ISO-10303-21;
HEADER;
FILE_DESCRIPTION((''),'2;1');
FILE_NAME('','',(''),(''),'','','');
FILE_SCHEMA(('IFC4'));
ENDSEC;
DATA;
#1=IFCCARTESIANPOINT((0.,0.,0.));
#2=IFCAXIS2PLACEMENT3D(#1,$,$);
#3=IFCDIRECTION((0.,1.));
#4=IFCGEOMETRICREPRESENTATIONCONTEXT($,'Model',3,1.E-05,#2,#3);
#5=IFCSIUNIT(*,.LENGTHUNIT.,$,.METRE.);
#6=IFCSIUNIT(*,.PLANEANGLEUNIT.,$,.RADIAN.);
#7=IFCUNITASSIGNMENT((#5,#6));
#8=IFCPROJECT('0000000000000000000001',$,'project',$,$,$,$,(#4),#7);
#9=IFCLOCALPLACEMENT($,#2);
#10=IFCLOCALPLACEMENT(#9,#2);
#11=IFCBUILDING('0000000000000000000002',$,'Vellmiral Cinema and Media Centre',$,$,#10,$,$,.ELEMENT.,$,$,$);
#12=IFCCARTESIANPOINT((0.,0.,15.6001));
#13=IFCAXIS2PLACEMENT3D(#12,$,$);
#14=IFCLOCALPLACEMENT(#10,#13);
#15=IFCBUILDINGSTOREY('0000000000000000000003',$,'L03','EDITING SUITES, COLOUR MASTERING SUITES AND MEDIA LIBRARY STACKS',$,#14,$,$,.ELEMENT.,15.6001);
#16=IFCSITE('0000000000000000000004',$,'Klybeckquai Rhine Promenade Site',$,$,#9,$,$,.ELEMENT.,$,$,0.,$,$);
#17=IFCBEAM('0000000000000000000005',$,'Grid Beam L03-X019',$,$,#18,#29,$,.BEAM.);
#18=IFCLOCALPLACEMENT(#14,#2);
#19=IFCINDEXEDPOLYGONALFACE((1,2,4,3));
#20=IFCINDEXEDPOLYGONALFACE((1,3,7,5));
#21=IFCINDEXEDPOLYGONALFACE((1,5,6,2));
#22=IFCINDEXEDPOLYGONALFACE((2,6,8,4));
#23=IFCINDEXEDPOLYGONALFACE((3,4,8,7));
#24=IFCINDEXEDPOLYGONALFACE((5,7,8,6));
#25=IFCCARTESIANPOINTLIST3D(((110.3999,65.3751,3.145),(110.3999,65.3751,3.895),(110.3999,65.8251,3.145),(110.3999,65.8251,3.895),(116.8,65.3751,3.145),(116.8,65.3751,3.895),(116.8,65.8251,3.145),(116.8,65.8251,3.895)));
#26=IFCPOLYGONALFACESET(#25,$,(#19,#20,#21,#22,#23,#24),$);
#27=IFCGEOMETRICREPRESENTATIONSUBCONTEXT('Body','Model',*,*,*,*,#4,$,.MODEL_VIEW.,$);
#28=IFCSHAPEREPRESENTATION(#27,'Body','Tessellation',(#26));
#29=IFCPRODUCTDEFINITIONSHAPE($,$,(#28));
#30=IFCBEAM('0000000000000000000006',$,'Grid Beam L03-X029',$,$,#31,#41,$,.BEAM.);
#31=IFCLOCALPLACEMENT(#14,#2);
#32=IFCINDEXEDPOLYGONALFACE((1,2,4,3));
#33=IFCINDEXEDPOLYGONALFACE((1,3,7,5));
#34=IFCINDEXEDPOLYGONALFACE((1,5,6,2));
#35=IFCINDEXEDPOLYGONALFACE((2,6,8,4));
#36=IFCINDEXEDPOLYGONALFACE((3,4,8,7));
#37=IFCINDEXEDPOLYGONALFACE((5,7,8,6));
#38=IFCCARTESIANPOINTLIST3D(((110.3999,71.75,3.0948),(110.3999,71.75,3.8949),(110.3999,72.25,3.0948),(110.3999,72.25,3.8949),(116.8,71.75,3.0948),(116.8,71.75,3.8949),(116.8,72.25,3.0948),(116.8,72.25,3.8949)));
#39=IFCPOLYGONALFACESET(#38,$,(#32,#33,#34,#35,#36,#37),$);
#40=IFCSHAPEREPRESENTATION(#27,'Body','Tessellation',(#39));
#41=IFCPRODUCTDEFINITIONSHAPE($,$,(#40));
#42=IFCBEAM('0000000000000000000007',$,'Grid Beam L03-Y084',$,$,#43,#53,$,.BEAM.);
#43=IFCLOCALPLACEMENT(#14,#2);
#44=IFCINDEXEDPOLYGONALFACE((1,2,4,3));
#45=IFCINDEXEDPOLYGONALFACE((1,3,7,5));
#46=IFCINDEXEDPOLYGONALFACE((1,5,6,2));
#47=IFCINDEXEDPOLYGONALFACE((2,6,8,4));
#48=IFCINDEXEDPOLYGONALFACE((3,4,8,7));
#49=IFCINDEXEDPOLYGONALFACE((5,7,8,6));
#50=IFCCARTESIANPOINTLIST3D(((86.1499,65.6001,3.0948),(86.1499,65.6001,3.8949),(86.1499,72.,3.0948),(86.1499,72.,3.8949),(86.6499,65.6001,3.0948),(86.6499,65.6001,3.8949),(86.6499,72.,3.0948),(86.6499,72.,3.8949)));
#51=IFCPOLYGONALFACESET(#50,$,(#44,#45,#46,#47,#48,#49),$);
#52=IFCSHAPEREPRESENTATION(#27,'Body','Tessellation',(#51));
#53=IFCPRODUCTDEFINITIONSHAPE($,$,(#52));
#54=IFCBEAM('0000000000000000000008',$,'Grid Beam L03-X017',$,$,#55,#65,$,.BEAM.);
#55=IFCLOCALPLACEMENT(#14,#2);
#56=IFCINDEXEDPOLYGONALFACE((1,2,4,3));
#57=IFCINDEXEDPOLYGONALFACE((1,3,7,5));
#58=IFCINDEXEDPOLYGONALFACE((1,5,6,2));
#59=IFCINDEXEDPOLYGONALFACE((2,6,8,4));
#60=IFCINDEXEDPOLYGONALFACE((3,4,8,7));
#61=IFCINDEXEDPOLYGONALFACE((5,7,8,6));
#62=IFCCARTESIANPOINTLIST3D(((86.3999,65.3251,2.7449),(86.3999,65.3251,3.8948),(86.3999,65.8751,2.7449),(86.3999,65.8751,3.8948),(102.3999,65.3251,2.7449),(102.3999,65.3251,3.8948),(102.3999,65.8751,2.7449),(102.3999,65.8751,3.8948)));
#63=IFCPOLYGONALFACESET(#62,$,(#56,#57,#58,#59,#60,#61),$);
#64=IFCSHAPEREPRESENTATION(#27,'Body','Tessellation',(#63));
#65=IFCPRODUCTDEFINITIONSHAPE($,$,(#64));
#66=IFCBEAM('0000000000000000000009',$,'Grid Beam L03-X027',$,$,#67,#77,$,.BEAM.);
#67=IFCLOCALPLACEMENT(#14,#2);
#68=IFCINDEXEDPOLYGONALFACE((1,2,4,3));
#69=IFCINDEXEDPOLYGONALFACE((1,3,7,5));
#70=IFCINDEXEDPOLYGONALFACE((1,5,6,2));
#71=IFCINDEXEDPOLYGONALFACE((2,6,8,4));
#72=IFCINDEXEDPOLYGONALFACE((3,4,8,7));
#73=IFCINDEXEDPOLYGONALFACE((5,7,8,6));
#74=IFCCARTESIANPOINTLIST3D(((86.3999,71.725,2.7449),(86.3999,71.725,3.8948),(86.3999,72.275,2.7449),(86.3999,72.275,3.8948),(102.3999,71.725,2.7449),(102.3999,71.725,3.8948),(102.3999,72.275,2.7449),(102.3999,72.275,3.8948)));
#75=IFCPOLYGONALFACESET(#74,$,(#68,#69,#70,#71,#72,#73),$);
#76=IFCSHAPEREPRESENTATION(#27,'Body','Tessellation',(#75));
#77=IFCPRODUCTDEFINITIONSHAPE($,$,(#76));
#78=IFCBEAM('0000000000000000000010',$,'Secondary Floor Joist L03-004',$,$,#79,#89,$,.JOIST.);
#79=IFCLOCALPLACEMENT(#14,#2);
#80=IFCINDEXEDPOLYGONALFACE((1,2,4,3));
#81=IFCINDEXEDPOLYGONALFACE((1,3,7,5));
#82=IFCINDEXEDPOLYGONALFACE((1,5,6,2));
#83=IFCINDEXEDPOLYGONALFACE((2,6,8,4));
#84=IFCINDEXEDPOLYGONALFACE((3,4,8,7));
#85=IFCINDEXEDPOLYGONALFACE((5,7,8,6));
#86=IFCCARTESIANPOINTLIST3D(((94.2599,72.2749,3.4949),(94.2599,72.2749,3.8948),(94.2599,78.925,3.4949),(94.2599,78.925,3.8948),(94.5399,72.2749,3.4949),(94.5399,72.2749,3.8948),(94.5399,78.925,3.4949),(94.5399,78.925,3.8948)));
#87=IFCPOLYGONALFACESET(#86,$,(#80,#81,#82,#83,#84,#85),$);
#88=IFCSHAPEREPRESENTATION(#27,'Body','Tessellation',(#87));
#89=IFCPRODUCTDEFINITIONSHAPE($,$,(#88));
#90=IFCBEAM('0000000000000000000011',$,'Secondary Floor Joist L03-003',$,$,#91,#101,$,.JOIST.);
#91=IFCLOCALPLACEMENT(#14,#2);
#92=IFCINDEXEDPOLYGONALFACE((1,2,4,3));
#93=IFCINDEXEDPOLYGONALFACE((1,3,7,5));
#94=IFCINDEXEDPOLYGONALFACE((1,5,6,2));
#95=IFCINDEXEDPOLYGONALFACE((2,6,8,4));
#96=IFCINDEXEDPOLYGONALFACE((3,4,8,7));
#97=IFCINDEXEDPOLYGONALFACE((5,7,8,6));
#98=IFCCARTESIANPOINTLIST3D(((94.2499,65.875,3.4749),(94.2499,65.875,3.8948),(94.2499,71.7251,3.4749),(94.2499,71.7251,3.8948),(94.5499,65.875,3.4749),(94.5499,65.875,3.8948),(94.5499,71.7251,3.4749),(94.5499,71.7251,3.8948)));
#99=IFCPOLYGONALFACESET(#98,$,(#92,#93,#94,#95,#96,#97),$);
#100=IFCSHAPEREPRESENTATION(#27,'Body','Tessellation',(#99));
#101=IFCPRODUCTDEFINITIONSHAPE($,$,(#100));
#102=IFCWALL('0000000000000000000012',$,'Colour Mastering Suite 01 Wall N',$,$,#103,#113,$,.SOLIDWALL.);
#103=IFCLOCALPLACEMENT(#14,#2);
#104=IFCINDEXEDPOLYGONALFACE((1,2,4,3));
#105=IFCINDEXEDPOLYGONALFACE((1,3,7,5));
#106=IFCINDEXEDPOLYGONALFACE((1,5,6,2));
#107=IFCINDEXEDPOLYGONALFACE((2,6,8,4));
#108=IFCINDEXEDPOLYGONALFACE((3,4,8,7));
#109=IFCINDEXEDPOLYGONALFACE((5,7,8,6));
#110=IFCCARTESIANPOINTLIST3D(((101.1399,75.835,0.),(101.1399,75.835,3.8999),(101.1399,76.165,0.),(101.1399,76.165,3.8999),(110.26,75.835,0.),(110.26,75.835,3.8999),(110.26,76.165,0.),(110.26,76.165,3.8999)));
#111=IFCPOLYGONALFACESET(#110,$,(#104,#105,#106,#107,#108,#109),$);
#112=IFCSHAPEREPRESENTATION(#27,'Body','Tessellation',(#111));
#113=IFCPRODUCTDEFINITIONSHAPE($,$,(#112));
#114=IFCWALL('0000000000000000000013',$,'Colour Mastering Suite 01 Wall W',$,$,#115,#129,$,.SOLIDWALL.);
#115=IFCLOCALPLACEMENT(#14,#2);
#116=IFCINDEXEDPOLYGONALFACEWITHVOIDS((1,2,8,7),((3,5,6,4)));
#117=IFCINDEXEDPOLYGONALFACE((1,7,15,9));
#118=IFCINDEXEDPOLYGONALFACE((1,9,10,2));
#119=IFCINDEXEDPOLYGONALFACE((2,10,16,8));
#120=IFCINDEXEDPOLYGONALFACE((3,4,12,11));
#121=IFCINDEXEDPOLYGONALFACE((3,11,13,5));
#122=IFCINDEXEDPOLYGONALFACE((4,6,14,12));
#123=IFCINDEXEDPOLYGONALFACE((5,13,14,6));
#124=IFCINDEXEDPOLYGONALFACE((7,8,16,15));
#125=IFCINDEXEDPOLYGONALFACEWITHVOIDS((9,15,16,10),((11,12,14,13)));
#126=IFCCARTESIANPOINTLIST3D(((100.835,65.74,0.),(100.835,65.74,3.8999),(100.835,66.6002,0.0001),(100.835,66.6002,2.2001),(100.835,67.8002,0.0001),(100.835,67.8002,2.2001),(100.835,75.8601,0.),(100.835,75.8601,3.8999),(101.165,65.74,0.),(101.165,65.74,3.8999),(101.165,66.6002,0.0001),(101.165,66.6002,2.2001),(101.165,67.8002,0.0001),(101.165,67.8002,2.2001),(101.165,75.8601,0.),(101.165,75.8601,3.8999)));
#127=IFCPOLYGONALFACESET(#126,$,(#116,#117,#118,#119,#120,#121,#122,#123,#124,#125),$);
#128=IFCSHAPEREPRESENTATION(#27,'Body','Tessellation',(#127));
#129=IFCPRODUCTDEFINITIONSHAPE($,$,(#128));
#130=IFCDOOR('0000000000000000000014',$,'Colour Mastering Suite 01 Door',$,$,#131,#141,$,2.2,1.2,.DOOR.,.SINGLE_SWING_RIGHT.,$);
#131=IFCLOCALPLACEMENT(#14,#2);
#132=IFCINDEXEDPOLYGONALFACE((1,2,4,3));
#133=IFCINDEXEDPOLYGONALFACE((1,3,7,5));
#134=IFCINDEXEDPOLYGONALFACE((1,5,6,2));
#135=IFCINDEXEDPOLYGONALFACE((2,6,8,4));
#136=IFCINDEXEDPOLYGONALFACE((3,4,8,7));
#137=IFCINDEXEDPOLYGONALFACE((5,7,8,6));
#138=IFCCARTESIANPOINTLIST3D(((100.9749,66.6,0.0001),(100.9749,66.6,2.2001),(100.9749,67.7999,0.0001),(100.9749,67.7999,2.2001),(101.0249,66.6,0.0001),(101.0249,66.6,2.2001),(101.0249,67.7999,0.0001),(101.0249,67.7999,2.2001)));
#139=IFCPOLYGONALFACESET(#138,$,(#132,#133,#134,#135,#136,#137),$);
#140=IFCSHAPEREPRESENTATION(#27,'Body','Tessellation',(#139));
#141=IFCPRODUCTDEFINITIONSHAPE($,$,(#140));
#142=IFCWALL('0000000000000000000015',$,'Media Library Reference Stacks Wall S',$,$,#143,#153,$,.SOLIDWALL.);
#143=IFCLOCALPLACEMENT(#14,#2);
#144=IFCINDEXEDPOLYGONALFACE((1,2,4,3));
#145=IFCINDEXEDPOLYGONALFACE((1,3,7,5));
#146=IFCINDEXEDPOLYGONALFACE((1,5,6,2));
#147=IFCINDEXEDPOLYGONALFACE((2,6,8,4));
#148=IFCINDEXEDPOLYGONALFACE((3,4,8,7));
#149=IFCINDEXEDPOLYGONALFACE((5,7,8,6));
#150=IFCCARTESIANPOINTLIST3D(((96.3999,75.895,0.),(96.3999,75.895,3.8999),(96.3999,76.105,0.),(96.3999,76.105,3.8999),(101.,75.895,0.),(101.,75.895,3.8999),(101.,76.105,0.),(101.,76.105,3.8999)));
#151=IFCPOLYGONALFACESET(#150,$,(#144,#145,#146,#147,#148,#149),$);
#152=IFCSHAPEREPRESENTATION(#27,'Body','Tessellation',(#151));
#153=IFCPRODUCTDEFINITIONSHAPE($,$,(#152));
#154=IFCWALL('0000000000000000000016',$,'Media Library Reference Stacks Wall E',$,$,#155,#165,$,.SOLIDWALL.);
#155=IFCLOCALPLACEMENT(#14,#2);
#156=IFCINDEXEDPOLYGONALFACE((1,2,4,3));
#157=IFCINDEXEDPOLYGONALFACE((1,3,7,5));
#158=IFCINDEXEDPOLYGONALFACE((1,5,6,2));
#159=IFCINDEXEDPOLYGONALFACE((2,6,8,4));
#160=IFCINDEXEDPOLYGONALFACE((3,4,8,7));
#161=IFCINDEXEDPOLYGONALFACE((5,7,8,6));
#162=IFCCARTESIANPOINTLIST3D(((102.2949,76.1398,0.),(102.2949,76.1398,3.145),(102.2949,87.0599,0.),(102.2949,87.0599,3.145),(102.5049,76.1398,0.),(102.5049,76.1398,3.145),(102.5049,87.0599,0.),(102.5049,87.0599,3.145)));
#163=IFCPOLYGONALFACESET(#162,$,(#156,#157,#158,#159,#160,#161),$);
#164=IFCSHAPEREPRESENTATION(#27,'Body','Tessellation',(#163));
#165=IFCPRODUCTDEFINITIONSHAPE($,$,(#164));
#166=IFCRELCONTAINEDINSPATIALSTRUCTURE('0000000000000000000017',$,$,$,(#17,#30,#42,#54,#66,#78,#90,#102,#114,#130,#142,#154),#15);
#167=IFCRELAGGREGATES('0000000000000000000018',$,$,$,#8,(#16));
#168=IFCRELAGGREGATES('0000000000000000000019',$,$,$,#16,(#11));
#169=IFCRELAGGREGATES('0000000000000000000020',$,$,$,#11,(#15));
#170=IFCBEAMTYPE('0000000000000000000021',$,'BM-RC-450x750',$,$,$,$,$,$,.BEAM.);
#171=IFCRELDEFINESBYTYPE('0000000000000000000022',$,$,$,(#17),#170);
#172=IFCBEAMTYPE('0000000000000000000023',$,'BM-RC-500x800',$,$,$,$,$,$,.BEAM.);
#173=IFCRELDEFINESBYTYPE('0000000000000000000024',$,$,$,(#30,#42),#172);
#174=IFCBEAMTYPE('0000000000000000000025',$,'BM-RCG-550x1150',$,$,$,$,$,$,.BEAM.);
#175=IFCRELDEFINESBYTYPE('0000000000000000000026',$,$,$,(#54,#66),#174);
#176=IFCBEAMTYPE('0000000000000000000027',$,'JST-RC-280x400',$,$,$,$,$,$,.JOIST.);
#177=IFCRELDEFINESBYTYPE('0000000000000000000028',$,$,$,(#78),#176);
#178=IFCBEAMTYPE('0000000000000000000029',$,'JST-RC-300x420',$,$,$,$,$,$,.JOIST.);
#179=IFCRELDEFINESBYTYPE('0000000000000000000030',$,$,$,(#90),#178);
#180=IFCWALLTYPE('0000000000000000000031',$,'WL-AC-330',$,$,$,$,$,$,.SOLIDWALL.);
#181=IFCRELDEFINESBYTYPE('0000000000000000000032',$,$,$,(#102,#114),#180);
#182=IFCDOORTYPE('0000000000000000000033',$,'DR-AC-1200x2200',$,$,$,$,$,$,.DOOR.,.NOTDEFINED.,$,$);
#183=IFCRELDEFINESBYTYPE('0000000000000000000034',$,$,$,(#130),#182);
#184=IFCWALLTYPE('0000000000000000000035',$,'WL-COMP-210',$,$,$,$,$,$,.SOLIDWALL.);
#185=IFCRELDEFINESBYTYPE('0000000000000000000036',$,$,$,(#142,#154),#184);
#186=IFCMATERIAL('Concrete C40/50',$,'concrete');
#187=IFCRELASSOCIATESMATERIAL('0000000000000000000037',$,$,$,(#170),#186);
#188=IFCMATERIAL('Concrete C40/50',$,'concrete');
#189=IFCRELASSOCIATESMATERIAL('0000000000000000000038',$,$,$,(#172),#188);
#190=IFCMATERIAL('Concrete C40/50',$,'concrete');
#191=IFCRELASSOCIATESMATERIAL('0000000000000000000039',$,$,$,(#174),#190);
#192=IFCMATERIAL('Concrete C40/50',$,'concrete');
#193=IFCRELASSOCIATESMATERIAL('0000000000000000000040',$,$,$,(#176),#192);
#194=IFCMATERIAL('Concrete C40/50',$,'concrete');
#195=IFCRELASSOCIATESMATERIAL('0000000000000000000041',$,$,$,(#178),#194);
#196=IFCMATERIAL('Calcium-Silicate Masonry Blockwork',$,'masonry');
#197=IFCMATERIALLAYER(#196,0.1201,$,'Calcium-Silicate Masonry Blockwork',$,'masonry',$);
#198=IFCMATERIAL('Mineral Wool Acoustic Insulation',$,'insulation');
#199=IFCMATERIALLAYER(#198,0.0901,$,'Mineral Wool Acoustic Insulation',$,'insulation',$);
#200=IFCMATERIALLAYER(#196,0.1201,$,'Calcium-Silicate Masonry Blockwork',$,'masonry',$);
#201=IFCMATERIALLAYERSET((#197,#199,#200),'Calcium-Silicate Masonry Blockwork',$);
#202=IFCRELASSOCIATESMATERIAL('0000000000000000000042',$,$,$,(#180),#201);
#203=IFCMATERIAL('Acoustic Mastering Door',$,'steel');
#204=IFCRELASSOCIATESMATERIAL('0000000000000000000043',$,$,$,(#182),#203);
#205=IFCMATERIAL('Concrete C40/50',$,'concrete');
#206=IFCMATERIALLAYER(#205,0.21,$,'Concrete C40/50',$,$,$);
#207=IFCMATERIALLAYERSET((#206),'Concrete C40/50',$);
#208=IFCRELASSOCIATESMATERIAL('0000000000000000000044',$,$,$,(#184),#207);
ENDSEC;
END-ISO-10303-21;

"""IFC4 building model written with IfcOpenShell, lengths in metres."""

from ifc_helpers import new_model, si_unit, direction, frame, frame_2d, origin, origin_2d, place, context, subcontext, project, spatial, rectangle, extrude, material, layer, layer_set, material_profile, profile_set, type_object, element, fill, save


model = new_model("IFC4")

# Units and contexts
model_context = context("Model", 3, precision=1e-05, world=origin(), true_north=direction((0.0, 1.0)))
body_context = subcontext(model_context, "Body", "Model", "MODEL_VIEW")
ifc_project = project(units=[si_unit("LENGTHUNIT", "METRE"), si_unit("PLANEANGLEUNIT", "RADIAN")], contexts=[model_context])

# Site, building, storey
site_placement = place(None, origin())
site = spatial("IfcSite", under=ifc_project, at=site_placement, Name="Klybeckquai Rhine Promenade Site", CompositionType="ELEMENT", RefElevation=0.0)
building_placement = place(site_placement, origin())
building = spatial("IfcBuilding", under=site, at=building_placement, Name="Vellmiral Cinema and Media Centre", CompositionType="ELEMENT")
storey_placement = place(building_placement, frame((0.0, 0.0, 15.6001)))
storey = spatial("IfcBuildingStorey", under=building, at=storey_placement, Name="L03", Description="EDITING SUITES, COLOUR MASTERING SUITES AND MEDIA LIBRARY STACKS", CompositionType="ELEMENT", Elevation=15.6001)

# Beams
ifc_material_1 = material(Name="Concrete C40/50", Category="concrete")
ifc_material_profile_1 = material_profile(ifc_material_1, rectangle(XDim=0.45, YDim=0.75, at=origin_2d()), Name="RC 450x750")
ifc_profile_set_1 = profile_set([ifc_material_profile_1], Name="Concrete C40/50")
beam_type_1 = type_object("IfcBeamType", Name="BM-RC-450x750", PredefinedType="BEAM", material=ifc_profile_set_1)
beam_1_placement = place(storey_placement, frame((110.3999, 65.6001, 3.52), z_axis=(1.0, 0.0, 0.0), x_axis=(0.0, 1.0, 0.0)))
element("IfcBeam", 1, at=beam_1_placement, inside=storey, type_object=beam_type_1, Name="Grid Beam L03-X019", PredefinedType="BEAM", context=body_context, shape_type="SweptSolid", body=[
    extrude(rectangle(XDim=0.45, YDim=0.75, at=origin_2d()), origin(), (0.0, 0.0, 1.0), 6.4001),
])
ifc_material_2 = material(Name="Concrete C40/50", Category="concrete")
ifc_material_profile_2 = material_profile(ifc_material_2, rectangle(XDim=0.5, YDim=0.8, at=origin_2d()), Name="RC 500x800")
ifc_profile_set_2 = profile_set([ifc_material_profile_2], Name="Concrete C40/50")
beam_type_2 = type_object("IfcBeamType", Name="BM-RC-500x800", PredefinedType="BEAM", material=ifc_profile_set_2)
beam_2_placement = place(storey_placement, frame((110.3999, 72.0, 3.4949), z_axis=(1.0, 0.0, 0.0), x_axis=(0.0, 1.0, 0.0)))
element("IfcBeam", 2, at=beam_2_placement, inside=storey, type_object=beam_type_2, Name="Grid Beam L03-X029", PredefinedType="BEAM", context=body_context, shape_type="SweptSolid", body=[
    extrude(rectangle(XDim=0.5, YDim=0.8, at=origin_2d()), origin(), (0.0, 0.0, 1.0), 6.4001),
])
beam_3_placement = place(storey_placement, frame((86.3999, 65.6001, 3.4949), z_axis=(0.0, 1.0, 0.0), x_axis=(-1.0, 0.0, 0.0)))
element("IfcBeam", 3, at=beam_3_placement, inside=storey, type_object=beam_type_2, Name="Grid Beam L03-Y084", PredefinedType="BEAM", context=body_context, shape_type="SweptSolid", body=[
    extrude(rectangle(XDim=0.5, YDim=0.8, at=origin_2d()), origin(), (0.0, 0.0, 1.0), 6.3999),
])
ifc_material_3 = material(Name="Concrete C40/50", Category="concrete")
ifc_material_profile_3 = material_profile(ifc_material_3, rectangle(XDim=0.55, YDim=1.1499, at=origin_2d()), Name="RC 550x1150")
ifc_profile_set_3 = profile_set([ifc_material_profile_3], Name="Concrete C40/50")
beam_type_3 = type_object("IfcBeamType", Name="BM-RCG-550x1150", PredefinedType="BEAM", material=ifc_profile_set_3)
for number, where, z_axis, x_axis, name in (
    (4, (86.3999, 65.6001, 3.3198), (1.0, 0.0, 0.0), (0.0, 1.0, 0.0), "Grid Beam L03-X017"),
    (5, (86.3999, 72.0, 3.3198), (1.0, 0.0, 0.0), (0.0, 1.0, 0.0), "Grid Beam L03-X027"),
):
    element("IfcBeam", number, at=place(storey_placement, frame(where, z_axis=z_axis, x_axis=x_axis)), inside=storey, type_object=beam_type_3, Name=name, PredefinedType="BEAM", context=body_context, shape_type="SweptSolid", body=[
        extrude(rectangle(XDim=0.55, YDim=1.1499, at=origin_2d()), origin(), (0.0, 0.0, 1.0), 16.0),
    ])
ifc_material_4 = material(Name="Concrete C40/50", Category="concrete")
ifc_material_profile_4 = material_profile(ifc_material_4, rectangle(XDim=0.28, YDim=0.3999, at=origin_2d()), Name="RC 280x400")
ifc_profile_set_4 = profile_set([ifc_material_profile_4], Name="Concrete C40/50")
beam_type_4 = type_object("IfcBeamType", Name="JST-RC-280x400", PredefinedType="JOIST", material=ifc_profile_set_4)
beam_4_placement = place(storey_placement, frame((94.3999, 72.2749, 3.6948), z_axis=(0.0, 1.0, 0.0), x_axis=(-1.0, 0.0, 0.0)))
element("IfcBeam", 6, at=beam_4_placement, inside=storey, type_object=beam_type_4, Name="Secondary Floor Joist L03-004", PredefinedType="JOIST", context=body_context, shape_type="SweptSolid", body=[
    extrude(rectangle(XDim=0.28, YDim=0.3999, at=origin_2d()), origin(), (0.0, 0.0, 1.0), 6.6501),
])
ifc_material_5 = material(Name="Concrete C40/50", Category="concrete")
ifc_material_profile_5 = material_profile(ifc_material_5, rectangle(XDim=0.3, YDim=0.4199, at=origin_2d()), Name="RC 300x420")
ifc_profile_set_5 = profile_set([ifc_material_profile_5], Name="Concrete C40/50")
beam_type_5 = type_object("IfcBeamType", Name="JST-RC-300x420", PredefinedType="JOIST", material=ifc_profile_set_5)
beam_5_placement = place(storey_placement, frame((94.3999, 65.875, 3.6848), z_axis=(0.0, 1.0, 0.0), x_axis=(-1.0, 0.0, 0.0)))
element("IfcBeam", 7, at=beam_5_placement, inside=storey, type_object=beam_type_5, Name="Secondary Floor Joist L03-003", PredefinedType="JOIST", context=body_context, shape_type="SweptSolid", body=[
    extrude(rectangle(XDim=0.3, YDim=0.4199, at=origin_2d()), origin(), (0.0, 0.0, 1.0), 5.8501),
])

# Wall
ifc_material_6 = material(Name="Calcium-Silicate Masonry Blockwork", Category="masonry")
ifc_layer_1 = layer(ifc_material_6, 0.1201, Name="Calcium-Silicate Masonry Blockwork", Category="masonry")
ifc_material_7 = material(Name="Mineral Wool Acoustic Insulation", Category="insulation")
ifc_layer_2 = layer(ifc_material_7, 0.0901, Name="Mineral Wool Acoustic Insulation", Category="insulation")
ifc_layer_3 = layer(ifc_material_6, 0.1201, Name="Calcium-Silicate Masonry Blockwork", Category="masonry")
ifc_layer_set_1 = layer_set([ifc_layer_1, ifc_layer_2, ifc_layer_3], Name="Calcium-Silicate Masonry Blockwork")
wall_type_1 = type_object("IfcWallType", Name="WL-AC-330", PredefinedType="SOLIDWALL", material=ifc_layer_set_1)
wall_1_placement = place(storey_placement, frame((101.1399, 76.0, 0.0), z_axis=(0.0, 0.0, 1.0), x_axis=(1.0, 0.0, 0.0)))
element("IfcWall", 8, at=wall_1_placement, inside=storey, type_object=wall_type_1, Name="Colour Mastering Suite 01 Wall N", PredefinedType="SOLIDWALL", context=body_context, shape_type="SweptSolid", body=[
    extrude(rectangle(XDim=9.1201, YDim=0.3301, at=frame_2d((4.5601, 0.0))), origin(), (0.0, 0.0, 1.0), 3.8999),
])

# Wall, opening, door
wall_2_placement = place(storey_placement, frame((101.0, 65.74, 0.0), z_axis=(0.0, 0.0, 1.0), x_axis=(0.0, 1.0, 0.0)))
wall_2 = element("IfcWall", 9, at=wall_2_placement, inside=storey, type_object=wall_type_1, Name="Colour Mastering Suite 01 Wall W", PredefinedType="SOLIDWALL", context=body_context, shape_type="SweptSolid", body=[
    extrude(rectangle(XDim=10.1201, YDim=0.3301, at=frame_2d((5.0601, 0.0))), origin(), (0.0, 0.0, 1.0), 3.8999),
])
opening_1_placement = place(wall_2_placement, frame((0.8601, 0.0, 0.0)))
opening_1 = element("IfcOpeningElement", 10, at=opening_1_placement, cuts=wall_2, PredefinedType="OPENING", context=body_context, shape_type="SweptSolid", body=[
    extrude(rectangle(XDim=1.2, YDim=2.2, at=frame_2d((0.6001, 1.1001))), frame((0.0, 0.177, 0.0), z_axis=(0.0, -1.0, 0.0), x_axis=(1.0, 0.0, 0.0)), (0.0, 0.0, 1.0), 0.354),
])
ifc_material_8 = material(Name="Acoustic Mastering Door", Category="steel")
door_type_1 = type_object("IfcDoorType", Name="DR-AC-1200x2200", OperationType="NOTDEFINED", PredefinedType="DOOR", material=ifc_material_8)
door_1_placement = place(opening_1_placement, frame((1.2, 0.0, 0.0), z_axis=(0.0, 0.0, 1.0), x_axis=(-1.0, 0.0, 0.0)))
door_1 = element("IfcDoor", 11, at=door_1_placement, inside=storey, type_object=door_type_1, Name="Colour Mastering Suite 01 Door", OperationType="SINGLE_SWING_RIGHT", OverallHeight=2.2, OverallWidth=1.2, PredefinedType="DOOR", context=body_context, shape_type="SweptSolid", body=[
    extrude(rectangle(XDim=1.2, YDim=2.2, at=frame_2d((0.6001, 1.1001))), frame((0.0, 0.0249, 0.0), z_axis=(0.0, -1.0, 0.0), x_axis=(1.0, 0.0, 0.0)), (0.0, 0.0, 1.0), 0.05),
])
fill(opening_1, door_1)

# Walls
ifc_material_9 = material(Name="Concrete C40/50", Category="concrete")
ifc_layer_4 = layer(ifc_material_9, 0.21, Name="Concrete C40/50")
ifc_layer_set_2 = layer_set([ifc_layer_4], Name="Concrete C40/50")
wall_type_2 = type_object("IfcWallType", Name="WL-COMP-210", PredefinedType="SOLIDWALL", material=ifc_layer_set_2)
wall_3_placement = place(storey_placement, frame((96.3999, 76.0, 0.0), z_axis=(0.0, 0.0, 1.0), x_axis=(1.0, 0.0, 0.0)))
element("IfcWall", 12, at=wall_3_placement, inside=storey, type_object=wall_type_2, Name="Media Library Reference Stacks Wall S", PredefinedType="SOLIDWALL", context=body_context, shape_type="SweptSolid", body=[
    extrude(rectangle(XDim=4.6001, YDim=0.21, at=frame_2d((2.3, 0.0))), origin(), (0.0, 0.0, 1.0), 3.8999),
])
wall_4_placement = place(storey_placement, frame((102.3999, 76.1399, 0.0), z_axis=(0.0, 0.0, 1.0), x_axis=(0.0, 1.0, 0.0)))
element("IfcWall", 13, at=wall_4_placement, inside=storey, type_object=wall_type_2, Name="Media Library Reference Stacks Wall E", PredefinedType="SOLIDWALL", context=body_context, shape_type="SweptSolid", body=[
    extrude(rectangle(XDim=10.9202, YDim=0.21, at=frame_2d((5.46, 0.0))), origin(), (0.0, 0.0, 1.0), 3.145),
])

save(model, "model.ifc")
